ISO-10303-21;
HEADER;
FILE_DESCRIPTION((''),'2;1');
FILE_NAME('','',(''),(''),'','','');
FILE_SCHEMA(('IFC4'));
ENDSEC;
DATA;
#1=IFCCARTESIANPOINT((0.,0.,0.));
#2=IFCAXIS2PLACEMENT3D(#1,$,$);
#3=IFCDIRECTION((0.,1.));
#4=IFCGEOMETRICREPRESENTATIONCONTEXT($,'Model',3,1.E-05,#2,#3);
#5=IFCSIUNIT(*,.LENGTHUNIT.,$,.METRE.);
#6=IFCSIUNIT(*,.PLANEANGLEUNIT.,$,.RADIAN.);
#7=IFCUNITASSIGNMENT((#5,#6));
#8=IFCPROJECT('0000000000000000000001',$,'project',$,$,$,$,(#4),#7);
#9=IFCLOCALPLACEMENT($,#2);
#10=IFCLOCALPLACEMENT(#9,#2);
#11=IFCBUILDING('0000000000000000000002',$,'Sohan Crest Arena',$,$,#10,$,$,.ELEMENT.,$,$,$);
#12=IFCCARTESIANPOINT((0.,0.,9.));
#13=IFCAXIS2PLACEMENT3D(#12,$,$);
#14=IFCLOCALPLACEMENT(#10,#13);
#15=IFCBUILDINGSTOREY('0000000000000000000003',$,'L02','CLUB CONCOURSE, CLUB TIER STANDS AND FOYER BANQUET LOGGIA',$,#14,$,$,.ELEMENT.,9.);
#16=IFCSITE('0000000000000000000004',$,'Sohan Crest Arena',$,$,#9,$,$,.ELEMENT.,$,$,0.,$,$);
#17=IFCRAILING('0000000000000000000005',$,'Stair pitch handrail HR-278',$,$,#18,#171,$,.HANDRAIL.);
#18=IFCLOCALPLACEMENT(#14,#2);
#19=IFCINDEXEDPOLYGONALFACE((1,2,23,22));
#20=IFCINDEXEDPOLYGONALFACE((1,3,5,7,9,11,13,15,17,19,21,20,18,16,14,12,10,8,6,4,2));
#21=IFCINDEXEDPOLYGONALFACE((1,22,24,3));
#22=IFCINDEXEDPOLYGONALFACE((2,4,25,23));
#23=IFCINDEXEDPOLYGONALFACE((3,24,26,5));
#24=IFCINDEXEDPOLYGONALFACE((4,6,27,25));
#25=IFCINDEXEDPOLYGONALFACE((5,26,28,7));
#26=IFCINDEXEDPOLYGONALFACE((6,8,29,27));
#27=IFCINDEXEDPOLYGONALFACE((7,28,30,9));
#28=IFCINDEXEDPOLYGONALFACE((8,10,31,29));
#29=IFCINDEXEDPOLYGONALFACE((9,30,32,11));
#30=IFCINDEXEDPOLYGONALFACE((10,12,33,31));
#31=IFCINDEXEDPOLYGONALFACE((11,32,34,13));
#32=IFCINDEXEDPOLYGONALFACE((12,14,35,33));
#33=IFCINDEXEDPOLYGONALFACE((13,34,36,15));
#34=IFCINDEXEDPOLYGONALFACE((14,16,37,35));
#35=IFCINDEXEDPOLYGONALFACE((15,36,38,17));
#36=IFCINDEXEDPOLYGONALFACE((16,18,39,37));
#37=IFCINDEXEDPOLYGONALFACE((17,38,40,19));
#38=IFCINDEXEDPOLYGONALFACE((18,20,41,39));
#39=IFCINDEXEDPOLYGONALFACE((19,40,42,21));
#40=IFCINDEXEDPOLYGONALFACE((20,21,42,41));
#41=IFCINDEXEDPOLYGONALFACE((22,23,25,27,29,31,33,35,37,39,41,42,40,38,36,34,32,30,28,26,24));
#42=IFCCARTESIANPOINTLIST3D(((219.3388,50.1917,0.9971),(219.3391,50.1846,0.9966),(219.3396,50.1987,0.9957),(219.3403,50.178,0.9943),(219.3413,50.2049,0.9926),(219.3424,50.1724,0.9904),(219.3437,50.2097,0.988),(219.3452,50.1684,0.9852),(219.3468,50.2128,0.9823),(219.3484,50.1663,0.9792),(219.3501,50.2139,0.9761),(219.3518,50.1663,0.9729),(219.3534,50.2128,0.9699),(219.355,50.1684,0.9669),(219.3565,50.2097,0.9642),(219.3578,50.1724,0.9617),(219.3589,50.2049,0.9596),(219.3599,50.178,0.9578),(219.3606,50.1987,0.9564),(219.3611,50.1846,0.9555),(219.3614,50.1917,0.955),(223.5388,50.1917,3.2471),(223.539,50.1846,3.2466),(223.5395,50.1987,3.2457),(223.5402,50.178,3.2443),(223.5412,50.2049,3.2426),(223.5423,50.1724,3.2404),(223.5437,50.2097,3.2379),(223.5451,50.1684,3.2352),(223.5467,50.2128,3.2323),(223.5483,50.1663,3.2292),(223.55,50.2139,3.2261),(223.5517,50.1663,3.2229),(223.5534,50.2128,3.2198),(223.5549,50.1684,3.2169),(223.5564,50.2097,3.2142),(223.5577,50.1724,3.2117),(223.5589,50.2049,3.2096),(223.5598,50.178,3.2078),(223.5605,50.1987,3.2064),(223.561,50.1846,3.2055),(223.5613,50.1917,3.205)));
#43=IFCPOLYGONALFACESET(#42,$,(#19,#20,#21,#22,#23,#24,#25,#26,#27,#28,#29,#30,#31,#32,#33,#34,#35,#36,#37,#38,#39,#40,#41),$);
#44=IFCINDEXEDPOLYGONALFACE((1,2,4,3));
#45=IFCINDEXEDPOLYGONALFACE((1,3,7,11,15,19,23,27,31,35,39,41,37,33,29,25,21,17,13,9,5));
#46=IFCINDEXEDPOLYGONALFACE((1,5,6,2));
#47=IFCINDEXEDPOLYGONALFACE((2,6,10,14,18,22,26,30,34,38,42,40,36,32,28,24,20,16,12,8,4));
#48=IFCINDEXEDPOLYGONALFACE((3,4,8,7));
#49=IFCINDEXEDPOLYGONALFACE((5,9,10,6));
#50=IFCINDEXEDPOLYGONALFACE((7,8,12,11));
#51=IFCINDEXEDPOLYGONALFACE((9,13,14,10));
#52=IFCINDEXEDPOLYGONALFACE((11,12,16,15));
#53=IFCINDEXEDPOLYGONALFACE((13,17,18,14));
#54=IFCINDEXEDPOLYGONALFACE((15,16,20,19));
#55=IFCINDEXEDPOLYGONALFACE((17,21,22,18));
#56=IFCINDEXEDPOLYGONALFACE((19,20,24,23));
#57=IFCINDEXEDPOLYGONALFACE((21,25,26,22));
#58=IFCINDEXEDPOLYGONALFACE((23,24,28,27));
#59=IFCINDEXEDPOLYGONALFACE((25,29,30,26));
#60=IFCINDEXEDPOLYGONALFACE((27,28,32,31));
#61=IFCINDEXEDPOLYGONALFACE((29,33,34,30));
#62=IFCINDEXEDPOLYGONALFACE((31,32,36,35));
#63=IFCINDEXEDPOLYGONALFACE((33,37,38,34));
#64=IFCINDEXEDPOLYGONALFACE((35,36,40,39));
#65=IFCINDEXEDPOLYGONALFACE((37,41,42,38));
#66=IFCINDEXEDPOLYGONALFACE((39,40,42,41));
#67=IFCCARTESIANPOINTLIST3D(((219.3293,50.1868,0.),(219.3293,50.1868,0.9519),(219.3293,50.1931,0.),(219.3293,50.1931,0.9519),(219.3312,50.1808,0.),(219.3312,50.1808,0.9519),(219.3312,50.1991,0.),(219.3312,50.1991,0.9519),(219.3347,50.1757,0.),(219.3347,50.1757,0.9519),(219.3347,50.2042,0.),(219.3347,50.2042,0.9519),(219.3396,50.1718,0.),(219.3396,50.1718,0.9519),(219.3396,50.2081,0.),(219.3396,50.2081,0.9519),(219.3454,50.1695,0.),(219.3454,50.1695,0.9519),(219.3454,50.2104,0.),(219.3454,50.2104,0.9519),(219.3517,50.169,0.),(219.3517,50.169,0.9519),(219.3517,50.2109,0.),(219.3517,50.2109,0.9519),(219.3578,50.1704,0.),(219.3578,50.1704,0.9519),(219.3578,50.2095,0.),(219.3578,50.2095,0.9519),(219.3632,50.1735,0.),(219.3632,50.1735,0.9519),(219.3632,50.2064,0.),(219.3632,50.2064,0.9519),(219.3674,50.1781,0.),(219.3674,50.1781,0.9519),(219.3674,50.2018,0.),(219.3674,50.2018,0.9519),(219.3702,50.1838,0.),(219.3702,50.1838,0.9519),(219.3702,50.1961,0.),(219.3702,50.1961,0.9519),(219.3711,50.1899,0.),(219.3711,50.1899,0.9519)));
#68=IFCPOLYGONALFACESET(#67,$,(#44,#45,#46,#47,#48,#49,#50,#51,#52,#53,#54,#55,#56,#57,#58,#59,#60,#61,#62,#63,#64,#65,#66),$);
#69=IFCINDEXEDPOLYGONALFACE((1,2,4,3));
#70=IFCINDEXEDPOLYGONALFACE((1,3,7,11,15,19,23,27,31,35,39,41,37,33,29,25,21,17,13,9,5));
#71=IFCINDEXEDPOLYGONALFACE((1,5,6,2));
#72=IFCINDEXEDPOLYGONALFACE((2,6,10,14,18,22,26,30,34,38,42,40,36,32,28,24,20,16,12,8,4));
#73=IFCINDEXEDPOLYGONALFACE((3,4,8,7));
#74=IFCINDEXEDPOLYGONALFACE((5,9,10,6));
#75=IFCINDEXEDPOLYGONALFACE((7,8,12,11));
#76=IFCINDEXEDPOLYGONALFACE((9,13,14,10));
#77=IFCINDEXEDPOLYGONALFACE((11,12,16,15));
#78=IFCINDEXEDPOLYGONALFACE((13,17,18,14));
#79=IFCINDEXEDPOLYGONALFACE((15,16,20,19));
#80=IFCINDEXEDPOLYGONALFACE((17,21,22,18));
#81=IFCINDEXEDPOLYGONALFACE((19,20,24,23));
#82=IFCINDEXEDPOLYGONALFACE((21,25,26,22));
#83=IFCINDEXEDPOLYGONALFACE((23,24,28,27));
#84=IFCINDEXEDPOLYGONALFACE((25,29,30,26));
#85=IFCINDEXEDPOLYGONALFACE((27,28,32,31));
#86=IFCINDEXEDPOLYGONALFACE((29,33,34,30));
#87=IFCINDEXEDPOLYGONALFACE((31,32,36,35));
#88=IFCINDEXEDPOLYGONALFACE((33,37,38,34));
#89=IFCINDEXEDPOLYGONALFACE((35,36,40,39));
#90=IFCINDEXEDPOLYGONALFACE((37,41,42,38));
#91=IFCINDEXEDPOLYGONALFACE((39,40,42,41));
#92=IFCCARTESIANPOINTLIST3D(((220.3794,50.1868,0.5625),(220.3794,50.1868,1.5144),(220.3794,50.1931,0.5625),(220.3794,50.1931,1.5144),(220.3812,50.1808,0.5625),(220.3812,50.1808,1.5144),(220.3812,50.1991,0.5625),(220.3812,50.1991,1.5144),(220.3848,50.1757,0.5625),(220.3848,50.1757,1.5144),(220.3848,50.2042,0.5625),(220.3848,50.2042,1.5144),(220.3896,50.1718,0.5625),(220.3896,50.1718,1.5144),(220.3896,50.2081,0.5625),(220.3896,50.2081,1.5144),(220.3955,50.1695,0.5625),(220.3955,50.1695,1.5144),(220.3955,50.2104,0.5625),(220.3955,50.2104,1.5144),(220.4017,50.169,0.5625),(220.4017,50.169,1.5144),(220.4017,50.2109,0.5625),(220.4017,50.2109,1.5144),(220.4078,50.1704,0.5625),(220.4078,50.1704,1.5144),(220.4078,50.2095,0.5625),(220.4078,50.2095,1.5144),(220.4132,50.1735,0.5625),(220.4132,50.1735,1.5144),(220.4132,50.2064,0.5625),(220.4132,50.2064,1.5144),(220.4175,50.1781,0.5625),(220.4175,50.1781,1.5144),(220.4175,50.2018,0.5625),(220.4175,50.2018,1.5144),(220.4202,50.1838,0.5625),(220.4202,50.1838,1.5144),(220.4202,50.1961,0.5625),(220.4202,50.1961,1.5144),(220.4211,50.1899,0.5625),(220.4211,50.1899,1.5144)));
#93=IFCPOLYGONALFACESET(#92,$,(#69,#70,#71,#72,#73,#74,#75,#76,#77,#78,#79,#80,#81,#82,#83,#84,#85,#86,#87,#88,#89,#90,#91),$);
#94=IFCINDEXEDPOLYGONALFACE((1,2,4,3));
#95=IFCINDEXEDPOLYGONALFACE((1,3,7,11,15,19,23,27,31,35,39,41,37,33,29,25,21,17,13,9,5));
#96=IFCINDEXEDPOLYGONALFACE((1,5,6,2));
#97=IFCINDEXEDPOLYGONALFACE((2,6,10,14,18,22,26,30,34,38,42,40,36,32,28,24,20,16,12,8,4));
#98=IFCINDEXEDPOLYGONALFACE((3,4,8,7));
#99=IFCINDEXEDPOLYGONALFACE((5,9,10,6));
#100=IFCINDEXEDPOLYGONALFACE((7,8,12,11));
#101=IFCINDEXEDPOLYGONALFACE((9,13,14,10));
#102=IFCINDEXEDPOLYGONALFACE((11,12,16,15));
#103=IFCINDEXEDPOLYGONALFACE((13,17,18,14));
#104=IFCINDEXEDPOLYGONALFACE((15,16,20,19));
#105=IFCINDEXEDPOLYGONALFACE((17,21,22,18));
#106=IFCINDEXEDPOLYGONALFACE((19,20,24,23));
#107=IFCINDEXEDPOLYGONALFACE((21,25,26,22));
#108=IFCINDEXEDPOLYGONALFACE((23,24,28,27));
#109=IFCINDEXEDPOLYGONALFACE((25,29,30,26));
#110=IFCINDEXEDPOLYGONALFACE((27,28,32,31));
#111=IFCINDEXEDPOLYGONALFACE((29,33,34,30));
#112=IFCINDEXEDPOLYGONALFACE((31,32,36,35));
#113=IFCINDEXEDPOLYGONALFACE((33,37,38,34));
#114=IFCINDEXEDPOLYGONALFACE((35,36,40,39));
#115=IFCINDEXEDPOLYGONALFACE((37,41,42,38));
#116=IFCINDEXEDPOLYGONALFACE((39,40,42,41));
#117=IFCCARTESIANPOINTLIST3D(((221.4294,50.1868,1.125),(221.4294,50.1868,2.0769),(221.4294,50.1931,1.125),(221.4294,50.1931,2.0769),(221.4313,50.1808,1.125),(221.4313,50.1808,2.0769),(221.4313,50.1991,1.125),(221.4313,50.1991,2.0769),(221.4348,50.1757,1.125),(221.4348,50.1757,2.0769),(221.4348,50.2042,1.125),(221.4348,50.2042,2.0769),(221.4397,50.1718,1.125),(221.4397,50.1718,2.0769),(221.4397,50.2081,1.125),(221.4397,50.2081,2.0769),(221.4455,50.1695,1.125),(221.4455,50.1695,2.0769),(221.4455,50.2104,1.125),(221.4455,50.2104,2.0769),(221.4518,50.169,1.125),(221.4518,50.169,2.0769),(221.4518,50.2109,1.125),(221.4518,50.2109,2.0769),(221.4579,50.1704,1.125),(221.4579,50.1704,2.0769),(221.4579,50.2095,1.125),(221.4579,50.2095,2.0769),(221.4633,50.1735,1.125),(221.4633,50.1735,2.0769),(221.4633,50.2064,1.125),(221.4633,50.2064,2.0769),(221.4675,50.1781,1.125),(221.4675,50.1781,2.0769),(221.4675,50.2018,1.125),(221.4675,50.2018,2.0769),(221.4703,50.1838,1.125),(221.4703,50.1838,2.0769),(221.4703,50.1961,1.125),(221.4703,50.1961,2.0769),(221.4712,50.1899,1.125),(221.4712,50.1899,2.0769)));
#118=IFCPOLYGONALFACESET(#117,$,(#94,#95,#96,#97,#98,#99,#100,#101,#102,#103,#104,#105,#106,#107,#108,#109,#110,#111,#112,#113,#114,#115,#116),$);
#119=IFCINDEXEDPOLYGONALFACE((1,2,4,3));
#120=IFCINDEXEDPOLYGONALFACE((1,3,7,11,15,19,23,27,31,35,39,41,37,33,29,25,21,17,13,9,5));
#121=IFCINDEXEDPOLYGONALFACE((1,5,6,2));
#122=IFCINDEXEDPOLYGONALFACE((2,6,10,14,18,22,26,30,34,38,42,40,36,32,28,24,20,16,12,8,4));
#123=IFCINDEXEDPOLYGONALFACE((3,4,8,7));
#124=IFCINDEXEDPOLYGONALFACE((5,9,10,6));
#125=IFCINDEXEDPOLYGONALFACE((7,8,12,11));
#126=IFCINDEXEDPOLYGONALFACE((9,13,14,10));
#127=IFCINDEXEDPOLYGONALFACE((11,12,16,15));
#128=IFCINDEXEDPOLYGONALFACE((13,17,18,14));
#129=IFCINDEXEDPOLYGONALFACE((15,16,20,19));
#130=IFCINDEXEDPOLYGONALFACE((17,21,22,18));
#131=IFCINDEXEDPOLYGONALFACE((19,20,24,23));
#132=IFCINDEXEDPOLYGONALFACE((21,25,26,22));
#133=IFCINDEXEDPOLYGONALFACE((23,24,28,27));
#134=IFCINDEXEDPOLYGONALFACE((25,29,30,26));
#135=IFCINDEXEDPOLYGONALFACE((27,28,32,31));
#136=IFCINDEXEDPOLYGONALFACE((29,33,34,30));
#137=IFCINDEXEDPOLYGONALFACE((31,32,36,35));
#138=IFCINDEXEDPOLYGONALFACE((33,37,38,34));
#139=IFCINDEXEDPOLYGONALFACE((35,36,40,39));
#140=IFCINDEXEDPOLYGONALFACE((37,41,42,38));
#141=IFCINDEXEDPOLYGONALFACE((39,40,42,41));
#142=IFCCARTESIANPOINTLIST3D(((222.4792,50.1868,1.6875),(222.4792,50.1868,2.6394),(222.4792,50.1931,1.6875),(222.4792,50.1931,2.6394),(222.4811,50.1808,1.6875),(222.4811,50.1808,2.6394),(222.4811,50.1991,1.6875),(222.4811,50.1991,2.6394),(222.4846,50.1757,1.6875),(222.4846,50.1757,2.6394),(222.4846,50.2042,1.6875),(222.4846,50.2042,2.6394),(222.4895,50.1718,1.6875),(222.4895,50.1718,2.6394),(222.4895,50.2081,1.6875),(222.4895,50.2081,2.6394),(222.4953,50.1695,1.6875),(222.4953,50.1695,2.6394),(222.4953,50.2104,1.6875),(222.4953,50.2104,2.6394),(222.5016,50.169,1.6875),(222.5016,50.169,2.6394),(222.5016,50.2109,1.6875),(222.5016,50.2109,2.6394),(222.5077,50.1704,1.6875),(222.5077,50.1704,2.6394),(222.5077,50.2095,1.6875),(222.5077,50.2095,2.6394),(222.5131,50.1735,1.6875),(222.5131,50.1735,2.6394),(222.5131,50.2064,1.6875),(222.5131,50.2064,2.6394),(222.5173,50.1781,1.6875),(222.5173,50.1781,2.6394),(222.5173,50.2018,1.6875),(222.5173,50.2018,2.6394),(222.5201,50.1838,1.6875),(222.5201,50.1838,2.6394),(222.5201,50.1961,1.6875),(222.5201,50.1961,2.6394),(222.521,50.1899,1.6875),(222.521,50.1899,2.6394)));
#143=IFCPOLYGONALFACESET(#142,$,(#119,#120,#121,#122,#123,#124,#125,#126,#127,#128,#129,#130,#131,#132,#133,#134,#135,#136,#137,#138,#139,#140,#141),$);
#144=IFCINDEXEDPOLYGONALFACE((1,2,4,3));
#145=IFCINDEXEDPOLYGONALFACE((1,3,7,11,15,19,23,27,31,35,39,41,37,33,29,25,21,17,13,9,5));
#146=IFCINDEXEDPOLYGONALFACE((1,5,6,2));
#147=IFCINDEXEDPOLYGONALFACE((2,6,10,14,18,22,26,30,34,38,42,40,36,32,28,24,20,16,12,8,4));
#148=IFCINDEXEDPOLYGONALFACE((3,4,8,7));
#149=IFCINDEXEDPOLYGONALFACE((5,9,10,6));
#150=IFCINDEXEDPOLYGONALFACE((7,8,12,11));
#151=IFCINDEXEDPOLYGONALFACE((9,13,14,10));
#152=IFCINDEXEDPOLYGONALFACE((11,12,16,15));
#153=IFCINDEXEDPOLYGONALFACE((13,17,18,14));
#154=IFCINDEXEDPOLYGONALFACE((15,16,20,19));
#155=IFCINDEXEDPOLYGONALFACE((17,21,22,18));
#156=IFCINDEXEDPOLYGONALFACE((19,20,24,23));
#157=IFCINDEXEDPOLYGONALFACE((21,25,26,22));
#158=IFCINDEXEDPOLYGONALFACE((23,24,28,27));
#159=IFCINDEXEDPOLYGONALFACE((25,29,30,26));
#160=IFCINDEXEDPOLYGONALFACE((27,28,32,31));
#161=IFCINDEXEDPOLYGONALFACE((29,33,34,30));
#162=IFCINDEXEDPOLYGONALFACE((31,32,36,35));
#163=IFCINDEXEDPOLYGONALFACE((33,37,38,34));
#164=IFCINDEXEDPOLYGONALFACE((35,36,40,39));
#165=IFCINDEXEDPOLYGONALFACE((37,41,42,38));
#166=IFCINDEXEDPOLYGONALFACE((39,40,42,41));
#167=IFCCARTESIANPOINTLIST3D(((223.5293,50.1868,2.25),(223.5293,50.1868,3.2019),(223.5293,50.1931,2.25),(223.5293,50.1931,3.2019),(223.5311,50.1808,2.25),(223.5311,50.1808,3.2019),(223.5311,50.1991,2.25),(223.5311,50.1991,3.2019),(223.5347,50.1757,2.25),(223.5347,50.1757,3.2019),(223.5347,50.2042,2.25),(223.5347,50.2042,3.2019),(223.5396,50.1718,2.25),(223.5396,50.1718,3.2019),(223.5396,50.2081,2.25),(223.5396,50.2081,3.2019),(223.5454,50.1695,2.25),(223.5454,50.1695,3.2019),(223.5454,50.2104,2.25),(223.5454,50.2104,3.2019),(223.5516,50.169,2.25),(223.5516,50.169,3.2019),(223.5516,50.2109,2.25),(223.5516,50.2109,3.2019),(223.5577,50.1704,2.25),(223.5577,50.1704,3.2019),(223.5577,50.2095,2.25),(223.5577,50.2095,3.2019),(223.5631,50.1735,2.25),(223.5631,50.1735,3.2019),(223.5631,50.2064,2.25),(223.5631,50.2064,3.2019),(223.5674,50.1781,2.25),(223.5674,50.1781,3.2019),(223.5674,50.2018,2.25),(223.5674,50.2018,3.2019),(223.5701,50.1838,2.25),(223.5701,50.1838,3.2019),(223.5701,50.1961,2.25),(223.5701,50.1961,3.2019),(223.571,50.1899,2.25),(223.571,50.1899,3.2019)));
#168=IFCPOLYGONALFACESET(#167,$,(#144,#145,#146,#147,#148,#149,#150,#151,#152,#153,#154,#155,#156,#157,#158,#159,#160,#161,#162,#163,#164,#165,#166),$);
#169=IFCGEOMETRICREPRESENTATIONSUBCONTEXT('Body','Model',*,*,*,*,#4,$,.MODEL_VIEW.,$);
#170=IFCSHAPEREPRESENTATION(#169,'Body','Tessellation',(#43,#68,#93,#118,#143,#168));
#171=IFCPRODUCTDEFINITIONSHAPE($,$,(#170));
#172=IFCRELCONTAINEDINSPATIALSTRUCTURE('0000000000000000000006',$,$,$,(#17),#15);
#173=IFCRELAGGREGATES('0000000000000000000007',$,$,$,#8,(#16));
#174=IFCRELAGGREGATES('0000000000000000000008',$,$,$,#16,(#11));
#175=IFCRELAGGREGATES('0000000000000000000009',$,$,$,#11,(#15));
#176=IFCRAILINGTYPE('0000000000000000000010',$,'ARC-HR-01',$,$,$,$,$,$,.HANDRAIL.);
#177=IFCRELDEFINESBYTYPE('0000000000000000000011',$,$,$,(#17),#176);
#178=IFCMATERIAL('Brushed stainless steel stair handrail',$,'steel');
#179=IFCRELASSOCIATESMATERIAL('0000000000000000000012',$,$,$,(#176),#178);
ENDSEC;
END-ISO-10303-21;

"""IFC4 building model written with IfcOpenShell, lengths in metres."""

from ifc_helpers import new_model, si_unit, direction, frame, origin, origin_2d, place, context, subcontext, project, spatial, circle, extrude, material, type_object, element, save


model = new_model("IFC4")

# Units and contexts
model_context = context("Model", 3, precision=1e-05, world=origin(), true_north=direction((0.0, 1.0)))
body_context = subcontext(model_context, "Body", "Model", "MODEL_VIEW")
ifc_project = project(units=[si_unit("LENGTHUNIT", "METRE"), si_unit("PLANEANGLEUNIT", "RADIAN")], contexts=[model_context])

# Site, building, storey
site_placement = place(None, origin())
site = spatial("IfcSite", under=ifc_project, at=site_placement, Name="Sohan Crest Arena", CompositionType="ELEMENT", RefElevation=0.0)
building_placement = place(site_placement, origin())
building = spatial("IfcBuilding", under=site, at=building_placement, Name="Sohan Crest Arena", CompositionType="ELEMENT")
storey_placement = place(building_placement, frame((0.0, 0.0, 9.0)))
storey = spatial("IfcBuildingStorey", under=building, at=storey_placement, Name="L02", Description="CLUB CONCOURSE, CLUB TIER STANDS AND FOYER BANQUET LOGGIA", CompositionType="ELEMENT", Elevation=9.0)

# Railing
ifc_material_1 = material(Name="Brushed stainless steel stair handrail", Category="steel")
railing_type_1 = type_object("IfcRailingType", Name="ARC-HR-01", PredefinedType="HANDRAIL", material=ifc_material_1)
for number, where, name in (
    (1, (219.3501, 50.1899, 0.0), "Stair pitch handrail HR-278"),
):
    element("IfcRailing", number, at=place(storey_placement, frame(where)), inside=storey, type_object=railing_type_1, Name=name, PredefinedType="HANDRAIL", context=body_context, shape_type="SweptSolid", body=[
        extrude(circle(Radius=0.0239, at=origin_2d()), frame((0.0, 0.0, 0.9761), z_axis=(0.881478, 0.0, 0.472226), x_axis=(0.0, 1.0, 0.0)), (0.0, 0.0, 1.0), 4.7646),
        extrude(circle(Radius=0.021, at=origin_2d()), origin(), (0.0, 0.0, 1.0), 0.9519),
        extrude(circle(Radius=0.021, at=origin_2d()), frame((1.05, 0.0, 0.5625)), (0.0, 0.0, 1.0), 0.9519),
        extrude(circle(Radius=0.021, at=origin_2d()), frame((2.1001, 0.0, 1.125)), (0.0, 0.0, 1.0), 0.9519),
        extrude(circle(Radius=0.021, at=origin_2d()), frame((3.1499, 0.0, 1.6875)), (0.0, 0.0, 1.0), 0.9519),
        extrude(circle(Radius=0.021, at=origin_2d()), frame((4.2, 0.0, 2.25)), (0.0, 0.0, 1.0), 0.9519),
    ])

save(model, "model.ifc")
